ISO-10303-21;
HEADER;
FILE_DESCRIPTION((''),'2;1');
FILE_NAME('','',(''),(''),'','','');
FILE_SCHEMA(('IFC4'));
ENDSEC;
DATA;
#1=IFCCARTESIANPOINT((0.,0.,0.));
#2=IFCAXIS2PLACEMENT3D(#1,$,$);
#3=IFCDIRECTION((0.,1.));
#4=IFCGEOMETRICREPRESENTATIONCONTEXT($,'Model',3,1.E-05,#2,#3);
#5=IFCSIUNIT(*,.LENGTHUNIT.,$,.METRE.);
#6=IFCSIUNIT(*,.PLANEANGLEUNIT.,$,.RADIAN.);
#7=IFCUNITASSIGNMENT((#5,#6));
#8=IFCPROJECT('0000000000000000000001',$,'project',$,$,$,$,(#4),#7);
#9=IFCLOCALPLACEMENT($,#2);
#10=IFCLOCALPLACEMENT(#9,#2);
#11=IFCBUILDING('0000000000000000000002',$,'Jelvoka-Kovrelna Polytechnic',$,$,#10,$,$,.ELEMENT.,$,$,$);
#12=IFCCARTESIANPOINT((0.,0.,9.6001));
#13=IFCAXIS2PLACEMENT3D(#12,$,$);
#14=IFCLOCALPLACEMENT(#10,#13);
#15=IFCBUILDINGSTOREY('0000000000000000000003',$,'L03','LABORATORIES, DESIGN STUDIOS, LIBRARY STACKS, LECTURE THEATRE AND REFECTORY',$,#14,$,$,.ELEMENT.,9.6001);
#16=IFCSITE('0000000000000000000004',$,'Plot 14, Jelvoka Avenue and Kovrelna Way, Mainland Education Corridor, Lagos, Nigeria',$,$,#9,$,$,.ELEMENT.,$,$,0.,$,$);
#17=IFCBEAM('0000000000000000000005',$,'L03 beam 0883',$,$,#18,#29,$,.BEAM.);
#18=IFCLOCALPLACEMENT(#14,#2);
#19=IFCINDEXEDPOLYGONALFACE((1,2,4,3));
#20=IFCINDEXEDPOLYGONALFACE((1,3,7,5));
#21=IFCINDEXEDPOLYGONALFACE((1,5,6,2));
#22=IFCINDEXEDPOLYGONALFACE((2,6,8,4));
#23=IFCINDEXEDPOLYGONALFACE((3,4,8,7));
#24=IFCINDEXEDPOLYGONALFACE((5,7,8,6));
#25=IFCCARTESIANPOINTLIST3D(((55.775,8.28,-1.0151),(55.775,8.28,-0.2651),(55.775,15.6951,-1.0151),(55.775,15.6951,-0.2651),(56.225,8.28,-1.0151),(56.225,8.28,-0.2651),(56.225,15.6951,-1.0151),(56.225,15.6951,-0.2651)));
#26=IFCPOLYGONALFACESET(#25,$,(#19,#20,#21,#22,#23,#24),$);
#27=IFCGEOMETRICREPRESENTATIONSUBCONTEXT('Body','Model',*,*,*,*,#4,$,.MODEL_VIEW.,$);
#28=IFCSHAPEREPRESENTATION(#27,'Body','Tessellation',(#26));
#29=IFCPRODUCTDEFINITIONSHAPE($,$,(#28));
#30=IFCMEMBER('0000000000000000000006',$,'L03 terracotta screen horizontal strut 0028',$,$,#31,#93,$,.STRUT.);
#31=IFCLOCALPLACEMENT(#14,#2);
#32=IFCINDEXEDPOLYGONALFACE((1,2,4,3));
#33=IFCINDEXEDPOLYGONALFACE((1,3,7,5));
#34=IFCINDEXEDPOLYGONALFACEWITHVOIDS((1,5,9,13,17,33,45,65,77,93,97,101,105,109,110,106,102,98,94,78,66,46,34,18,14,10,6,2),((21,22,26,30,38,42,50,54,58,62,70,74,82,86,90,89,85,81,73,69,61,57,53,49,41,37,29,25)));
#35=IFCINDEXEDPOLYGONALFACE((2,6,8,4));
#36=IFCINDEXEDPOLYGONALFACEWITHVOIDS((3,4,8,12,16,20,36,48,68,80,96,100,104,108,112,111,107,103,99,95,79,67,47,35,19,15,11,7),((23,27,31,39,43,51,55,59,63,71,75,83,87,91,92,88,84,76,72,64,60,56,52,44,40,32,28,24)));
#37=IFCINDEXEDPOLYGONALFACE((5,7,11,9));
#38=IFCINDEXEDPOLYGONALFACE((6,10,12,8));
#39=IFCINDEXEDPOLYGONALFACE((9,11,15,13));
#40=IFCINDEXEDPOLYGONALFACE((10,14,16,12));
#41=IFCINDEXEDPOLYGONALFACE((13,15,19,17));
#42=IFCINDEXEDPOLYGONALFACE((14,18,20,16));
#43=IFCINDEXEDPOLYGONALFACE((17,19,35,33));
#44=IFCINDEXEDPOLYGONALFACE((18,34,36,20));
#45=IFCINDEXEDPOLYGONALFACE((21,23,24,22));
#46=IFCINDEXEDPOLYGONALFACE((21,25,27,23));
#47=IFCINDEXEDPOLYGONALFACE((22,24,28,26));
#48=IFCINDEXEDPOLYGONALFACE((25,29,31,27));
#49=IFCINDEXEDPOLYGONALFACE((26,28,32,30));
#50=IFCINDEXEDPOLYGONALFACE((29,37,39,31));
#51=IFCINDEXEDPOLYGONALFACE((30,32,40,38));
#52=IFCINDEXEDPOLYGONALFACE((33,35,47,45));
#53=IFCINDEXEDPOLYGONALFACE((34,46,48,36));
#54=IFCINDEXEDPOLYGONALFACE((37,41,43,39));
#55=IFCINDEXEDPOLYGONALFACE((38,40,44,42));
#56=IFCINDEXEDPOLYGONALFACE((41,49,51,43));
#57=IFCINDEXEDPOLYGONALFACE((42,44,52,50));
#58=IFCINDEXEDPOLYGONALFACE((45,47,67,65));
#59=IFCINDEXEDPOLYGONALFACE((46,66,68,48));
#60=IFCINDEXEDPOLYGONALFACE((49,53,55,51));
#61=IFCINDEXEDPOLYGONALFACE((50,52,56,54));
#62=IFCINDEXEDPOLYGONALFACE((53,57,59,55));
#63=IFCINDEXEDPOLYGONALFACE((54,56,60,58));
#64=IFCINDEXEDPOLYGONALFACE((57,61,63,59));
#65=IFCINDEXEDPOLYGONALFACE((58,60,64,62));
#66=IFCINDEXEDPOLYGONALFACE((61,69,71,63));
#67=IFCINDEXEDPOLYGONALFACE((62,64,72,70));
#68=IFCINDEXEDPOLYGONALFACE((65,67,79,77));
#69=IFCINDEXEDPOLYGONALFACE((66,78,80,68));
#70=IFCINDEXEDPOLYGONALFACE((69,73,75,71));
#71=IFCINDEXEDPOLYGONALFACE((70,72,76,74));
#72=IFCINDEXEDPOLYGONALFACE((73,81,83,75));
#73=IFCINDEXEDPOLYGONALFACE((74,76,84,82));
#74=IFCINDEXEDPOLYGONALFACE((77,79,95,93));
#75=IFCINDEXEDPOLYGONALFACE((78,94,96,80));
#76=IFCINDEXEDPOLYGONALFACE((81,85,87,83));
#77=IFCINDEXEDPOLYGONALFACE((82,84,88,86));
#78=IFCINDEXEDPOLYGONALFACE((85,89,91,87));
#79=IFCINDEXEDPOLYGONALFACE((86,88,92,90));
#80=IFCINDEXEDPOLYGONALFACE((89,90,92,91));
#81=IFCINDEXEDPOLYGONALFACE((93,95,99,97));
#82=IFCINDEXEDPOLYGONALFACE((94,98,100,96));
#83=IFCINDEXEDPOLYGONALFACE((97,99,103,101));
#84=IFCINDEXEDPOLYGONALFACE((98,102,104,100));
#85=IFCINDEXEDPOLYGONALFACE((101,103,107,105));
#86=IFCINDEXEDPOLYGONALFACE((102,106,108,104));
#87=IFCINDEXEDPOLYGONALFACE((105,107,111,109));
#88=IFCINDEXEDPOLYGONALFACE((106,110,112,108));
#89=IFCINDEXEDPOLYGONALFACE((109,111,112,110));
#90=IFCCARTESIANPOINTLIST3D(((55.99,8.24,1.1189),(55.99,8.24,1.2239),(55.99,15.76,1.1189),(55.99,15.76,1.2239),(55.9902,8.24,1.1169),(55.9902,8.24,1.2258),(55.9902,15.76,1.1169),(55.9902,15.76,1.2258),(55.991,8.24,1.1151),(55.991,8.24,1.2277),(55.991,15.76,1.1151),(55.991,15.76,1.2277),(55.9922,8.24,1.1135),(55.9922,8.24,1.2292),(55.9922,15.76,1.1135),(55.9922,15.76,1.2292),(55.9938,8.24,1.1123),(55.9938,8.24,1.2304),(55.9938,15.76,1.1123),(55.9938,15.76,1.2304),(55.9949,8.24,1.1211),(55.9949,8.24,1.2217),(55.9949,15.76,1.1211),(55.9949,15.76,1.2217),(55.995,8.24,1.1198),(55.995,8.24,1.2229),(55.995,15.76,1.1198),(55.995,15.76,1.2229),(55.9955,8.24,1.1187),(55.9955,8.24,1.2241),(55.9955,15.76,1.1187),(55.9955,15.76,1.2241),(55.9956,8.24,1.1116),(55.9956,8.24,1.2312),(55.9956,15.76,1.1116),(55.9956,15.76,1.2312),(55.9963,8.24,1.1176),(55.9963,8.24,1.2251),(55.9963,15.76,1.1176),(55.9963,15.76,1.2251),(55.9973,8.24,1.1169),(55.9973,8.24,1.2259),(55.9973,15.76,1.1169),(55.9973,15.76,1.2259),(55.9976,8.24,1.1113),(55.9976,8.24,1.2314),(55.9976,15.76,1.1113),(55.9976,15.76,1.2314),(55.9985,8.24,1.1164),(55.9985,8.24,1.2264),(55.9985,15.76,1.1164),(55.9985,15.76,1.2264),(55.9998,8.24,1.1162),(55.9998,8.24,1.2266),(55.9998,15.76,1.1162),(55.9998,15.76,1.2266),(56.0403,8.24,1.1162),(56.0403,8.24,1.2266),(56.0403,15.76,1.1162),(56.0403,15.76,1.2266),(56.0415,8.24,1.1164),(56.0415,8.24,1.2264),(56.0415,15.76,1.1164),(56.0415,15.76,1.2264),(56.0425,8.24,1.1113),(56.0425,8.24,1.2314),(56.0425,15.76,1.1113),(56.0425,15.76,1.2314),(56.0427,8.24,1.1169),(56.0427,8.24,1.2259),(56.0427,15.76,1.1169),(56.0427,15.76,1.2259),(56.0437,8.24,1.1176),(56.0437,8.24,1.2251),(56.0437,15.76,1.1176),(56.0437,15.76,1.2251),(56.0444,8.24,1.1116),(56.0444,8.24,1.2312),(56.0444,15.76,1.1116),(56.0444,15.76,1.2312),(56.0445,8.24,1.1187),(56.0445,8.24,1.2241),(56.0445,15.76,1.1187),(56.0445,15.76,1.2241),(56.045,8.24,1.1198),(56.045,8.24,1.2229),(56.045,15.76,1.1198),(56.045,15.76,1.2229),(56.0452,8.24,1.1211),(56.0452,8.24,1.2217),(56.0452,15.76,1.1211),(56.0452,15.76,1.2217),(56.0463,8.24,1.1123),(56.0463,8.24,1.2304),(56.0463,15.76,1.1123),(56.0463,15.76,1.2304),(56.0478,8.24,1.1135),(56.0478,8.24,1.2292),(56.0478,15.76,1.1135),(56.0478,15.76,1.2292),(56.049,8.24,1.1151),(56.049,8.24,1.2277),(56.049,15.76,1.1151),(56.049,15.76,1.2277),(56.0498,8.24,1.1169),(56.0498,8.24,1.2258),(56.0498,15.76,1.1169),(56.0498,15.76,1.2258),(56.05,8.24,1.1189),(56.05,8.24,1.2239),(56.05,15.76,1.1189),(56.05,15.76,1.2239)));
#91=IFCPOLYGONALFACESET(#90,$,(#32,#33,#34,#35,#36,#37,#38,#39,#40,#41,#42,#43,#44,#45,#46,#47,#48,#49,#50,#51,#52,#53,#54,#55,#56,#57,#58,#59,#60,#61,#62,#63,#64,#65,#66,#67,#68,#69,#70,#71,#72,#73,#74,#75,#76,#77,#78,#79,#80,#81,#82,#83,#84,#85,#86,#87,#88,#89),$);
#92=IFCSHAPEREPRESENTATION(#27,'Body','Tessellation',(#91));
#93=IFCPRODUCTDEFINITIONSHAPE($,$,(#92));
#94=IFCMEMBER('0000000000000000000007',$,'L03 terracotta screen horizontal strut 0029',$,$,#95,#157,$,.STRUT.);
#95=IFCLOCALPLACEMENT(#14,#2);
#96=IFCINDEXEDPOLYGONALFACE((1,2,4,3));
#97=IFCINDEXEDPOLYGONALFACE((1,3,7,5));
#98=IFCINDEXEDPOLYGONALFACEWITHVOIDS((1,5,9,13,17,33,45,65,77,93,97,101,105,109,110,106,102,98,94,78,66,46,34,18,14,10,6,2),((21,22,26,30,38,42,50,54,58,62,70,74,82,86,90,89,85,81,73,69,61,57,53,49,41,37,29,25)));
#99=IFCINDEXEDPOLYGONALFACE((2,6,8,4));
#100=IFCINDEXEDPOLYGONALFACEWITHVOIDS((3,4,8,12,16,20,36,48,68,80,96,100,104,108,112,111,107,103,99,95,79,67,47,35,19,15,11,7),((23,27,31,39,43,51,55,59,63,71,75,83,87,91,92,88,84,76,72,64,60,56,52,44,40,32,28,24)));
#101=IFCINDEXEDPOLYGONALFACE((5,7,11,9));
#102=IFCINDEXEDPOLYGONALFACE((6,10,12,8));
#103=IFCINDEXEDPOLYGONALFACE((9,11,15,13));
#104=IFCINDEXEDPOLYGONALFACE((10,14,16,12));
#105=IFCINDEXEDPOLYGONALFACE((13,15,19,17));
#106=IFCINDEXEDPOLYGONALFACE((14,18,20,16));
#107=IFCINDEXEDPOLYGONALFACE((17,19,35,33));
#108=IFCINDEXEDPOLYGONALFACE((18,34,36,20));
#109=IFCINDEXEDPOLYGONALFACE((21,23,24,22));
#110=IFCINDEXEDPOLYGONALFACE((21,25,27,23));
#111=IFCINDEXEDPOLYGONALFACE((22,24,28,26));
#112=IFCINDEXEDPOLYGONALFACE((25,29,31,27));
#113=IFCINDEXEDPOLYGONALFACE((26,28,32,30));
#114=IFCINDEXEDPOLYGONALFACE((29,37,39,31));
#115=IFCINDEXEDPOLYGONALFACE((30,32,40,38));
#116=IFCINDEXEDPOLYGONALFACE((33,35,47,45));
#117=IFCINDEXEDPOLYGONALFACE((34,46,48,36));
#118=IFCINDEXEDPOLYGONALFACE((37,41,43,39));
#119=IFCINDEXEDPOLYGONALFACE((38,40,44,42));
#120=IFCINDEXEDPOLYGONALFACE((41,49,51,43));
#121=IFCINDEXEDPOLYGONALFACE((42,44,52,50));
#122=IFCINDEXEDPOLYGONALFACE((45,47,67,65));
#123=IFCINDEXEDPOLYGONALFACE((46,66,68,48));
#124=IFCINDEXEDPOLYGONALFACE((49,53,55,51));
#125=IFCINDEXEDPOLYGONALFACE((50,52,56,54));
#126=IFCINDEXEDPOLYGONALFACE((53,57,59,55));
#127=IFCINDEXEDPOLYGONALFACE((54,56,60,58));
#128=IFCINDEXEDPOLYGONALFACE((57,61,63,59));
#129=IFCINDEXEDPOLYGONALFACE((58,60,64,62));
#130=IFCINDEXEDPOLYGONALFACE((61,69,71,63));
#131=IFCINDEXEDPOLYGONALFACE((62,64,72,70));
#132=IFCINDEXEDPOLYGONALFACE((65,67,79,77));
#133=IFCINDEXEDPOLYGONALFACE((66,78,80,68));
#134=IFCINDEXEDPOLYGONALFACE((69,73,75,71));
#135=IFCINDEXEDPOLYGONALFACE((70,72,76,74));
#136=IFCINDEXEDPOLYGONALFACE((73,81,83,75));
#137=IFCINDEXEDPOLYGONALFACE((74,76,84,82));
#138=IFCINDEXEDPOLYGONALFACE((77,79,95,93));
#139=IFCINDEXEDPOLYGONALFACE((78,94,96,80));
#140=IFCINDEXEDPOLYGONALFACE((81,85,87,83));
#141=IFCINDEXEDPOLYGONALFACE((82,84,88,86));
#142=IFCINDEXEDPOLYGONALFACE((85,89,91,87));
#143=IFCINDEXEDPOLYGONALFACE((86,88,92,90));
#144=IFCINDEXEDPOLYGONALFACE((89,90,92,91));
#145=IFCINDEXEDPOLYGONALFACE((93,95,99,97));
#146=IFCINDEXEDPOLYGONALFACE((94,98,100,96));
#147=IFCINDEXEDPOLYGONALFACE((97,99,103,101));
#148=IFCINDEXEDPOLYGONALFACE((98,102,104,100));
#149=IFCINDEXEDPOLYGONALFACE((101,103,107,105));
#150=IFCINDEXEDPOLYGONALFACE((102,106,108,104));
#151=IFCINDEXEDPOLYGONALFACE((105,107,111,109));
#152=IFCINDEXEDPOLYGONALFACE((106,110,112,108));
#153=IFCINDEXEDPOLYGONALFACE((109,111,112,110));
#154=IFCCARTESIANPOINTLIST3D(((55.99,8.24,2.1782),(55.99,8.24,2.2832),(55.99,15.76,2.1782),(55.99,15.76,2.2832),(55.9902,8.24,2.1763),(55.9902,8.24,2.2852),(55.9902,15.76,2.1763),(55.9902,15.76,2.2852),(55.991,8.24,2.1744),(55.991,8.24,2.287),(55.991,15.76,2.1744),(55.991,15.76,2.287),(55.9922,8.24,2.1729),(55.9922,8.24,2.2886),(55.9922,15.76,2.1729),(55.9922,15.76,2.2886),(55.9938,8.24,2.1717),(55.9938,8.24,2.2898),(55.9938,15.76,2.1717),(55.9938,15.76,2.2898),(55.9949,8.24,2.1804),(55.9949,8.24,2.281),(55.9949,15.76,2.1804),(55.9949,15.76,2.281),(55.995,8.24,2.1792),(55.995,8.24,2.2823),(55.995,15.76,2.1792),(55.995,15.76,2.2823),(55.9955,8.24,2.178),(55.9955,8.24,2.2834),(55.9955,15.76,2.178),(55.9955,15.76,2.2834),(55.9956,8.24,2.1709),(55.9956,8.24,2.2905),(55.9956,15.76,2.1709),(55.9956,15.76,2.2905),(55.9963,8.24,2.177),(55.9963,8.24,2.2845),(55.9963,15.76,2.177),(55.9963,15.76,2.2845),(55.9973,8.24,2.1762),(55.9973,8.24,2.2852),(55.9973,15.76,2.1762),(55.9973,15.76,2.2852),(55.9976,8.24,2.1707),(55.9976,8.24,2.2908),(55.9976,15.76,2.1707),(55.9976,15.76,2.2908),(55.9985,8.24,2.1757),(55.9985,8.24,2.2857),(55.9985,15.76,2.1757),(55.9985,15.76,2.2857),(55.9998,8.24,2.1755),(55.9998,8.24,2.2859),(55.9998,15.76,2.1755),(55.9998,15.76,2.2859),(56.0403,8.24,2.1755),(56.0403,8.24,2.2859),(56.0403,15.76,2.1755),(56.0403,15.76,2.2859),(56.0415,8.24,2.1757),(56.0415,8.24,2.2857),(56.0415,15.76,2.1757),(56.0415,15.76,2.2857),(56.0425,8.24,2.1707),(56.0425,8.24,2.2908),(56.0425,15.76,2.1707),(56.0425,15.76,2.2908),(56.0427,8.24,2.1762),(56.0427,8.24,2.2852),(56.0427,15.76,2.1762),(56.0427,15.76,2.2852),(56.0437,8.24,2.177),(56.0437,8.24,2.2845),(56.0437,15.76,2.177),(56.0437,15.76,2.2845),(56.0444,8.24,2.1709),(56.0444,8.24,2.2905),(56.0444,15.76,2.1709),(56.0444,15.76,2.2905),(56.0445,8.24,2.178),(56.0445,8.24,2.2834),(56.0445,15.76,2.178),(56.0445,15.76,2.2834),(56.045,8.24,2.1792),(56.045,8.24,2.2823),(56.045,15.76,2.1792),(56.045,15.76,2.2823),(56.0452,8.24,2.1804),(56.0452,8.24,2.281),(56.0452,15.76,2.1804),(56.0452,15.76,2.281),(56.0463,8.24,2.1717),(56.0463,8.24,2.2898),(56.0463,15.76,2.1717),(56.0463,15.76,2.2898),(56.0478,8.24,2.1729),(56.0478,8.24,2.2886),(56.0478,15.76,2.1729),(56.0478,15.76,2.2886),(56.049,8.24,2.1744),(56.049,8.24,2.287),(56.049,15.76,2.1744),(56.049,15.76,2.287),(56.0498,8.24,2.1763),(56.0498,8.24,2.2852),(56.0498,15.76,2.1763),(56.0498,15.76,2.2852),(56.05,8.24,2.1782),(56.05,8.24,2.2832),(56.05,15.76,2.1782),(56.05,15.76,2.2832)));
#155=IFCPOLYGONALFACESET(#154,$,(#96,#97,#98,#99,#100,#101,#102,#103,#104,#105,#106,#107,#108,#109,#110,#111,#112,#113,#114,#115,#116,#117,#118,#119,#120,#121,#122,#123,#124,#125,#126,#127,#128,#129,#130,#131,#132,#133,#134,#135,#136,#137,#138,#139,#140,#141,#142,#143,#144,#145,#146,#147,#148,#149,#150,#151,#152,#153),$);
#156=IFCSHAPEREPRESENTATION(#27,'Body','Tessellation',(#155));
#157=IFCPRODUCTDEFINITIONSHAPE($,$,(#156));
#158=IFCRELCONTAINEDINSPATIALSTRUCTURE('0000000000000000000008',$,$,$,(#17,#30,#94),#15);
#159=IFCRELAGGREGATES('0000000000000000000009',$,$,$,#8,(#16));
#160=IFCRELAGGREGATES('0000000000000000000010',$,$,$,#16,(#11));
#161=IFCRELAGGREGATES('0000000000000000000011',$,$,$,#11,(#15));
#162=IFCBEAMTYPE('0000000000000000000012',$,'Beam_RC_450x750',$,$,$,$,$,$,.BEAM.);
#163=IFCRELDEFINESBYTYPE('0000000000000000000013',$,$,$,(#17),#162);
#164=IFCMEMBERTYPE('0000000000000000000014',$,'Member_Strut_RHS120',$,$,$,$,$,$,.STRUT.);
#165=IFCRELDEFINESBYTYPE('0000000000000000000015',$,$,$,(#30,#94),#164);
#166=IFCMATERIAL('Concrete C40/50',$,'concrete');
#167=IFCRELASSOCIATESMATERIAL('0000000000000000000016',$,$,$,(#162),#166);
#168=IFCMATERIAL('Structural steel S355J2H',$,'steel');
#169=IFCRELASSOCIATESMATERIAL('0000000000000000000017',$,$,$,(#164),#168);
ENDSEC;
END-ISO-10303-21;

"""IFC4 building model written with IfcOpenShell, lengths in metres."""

from ifc_helpers import new_model, si_unit, direction, frame, origin, origin_2d, place, context, subcontext, project, spatial, rectangle, hollow_rectangle, extrude, material, material_profile, profile_set, type_object, element, save


model = new_model("IFC4")

# Units and contexts
model_context = context("Model", 3, precision=1e-05, world=origin(), true_north=direction((0.0, 1.0)))
body_context = subcontext(model_context, "Body", "Model", "MODEL_VIEW")
ifc_project = project(units=[si_unit("LENGTHUNIT", "METRE"), si_unit("PLANEANGLEUNIT", "RADIAN")], contexts=[model_context])

# Site, building, storey
site_placement = place(None, origin())
site = spatial("IfcSite", under=ifc_project, at=site_placement, Name="Plot 14, Jelvoka Avenue and Kovrelna Way, Mainland Education Corridor, Lagos, Nigeria", CompositionType="ELEMENT", RefElevation=0.0)
building_placement = place(site_placement, origin())
building = spatial("IfcBuilding", under=site, at=building_placement, Name="Jelvoka-Kovrelna Polytechnic", CompositionType="ELEMENT")
storey_placement = place(building_placement, frame((0.0, 0.0, 9.6001)))
storey = spatial("IfcBuildingStorey", under=building, at=storey_placement, Name="L03", Description="LABORATORIES, DESIGN STUDIOS, LIBRARY STACKS, LECTURE THEATRE AND REFECTORY", CompositionType="ELEMENT", Elevation=9.6001)

# Beam
ifc_material_1 = material(Name="Concrete C40/50", Category="concrete")
ifc_material_profile_1 = material_profile(ifc_material_1, rectangle(XDim=0.45, YDim=0.75, at=origin_2d()), Name="RC 450x750")
ifc_profile_set_1 = profile_set([ifc_material_profile_1], Name="Concrete C40/50")
beam_type = type_object("IfcBeamType", Name="Beam_RC_450x750", PredefinedType="BEAM", material=ifc_profile_set_1)
beam_placement = place(storey_placement, frame((56.0, 8.28, -0.6401), z_axis=(0.0, 1.0, 0.0), x_axis=(-1.0, 0.0, 0.0)))
element("IfcBeam", 1, at=beam_placement, inside=storey, type_object=beam_type, Name="L03 beam 0883", PredefinedType="BEAM", context=body_context, shape_type="SweptSolid", body=[
    extrude(rectangle(XDim=0.45, YDim=0.75, at=origin_2d()), origin(), (0.0, 0.0, 1.0), 7.415),
])

# Members
ifc_material_2 = material(Name="Structural steel S355J2H", Category="steel")
ifc_material_profile_2 = material_profile(ifc_material_2, hollow_rectangle(XDim=0.0601, YDim=0.1201, WallThickness=0.0049, InnerFilletRadius=0.0049, OuterFilletRadius=0.0076, at=origin_2d()), Name="120x60x5.0 RHS")
ifc_profile_set_2 = profile_set([ifc_material_profile_2], Name="Structural steel S355J2H")
member_type_1 = type_object("IfcMemberType", Name="Member_Strut_RHS120", PredefinedType="STRUT", material=ifc_profile_set_2)
for number, where, z_axis, x_axis, name in (
    (2, (56.02, 8.24, 1.1714), (0.0, 1.0, 0.0), (-1.0, 0.0, 0.0), "L03 terracotta screen horizontal strut 0028"),
    (3, (56.02, 8.24, 2.2307), (0.0, 1.0, 0.0), (-1.0, 0.0, 0.0), "L03 terracotta screen horizontal strut 0029"),
):
    element("IfcMember", number, at=place(storey_placement, frame(where, z_axis=z_axis, x_axis=x_axis)), inside=storey, type_object=member_type_1, Name=name, PredefinedType="STRUT", context=body_context, shape_type="SweptSolid", body=[
        extrude(hollow_rectangle(XDim=0.0601, YDim=0.1201, WallThickness=0.0049, InnerFilletRadius=0.0049, OuterFilletRadius=0.0076, at=origin_2d()), origin(), (0.0, 0.0, 1.0), 7.52),
    ])

save(model, "model.ifc")
